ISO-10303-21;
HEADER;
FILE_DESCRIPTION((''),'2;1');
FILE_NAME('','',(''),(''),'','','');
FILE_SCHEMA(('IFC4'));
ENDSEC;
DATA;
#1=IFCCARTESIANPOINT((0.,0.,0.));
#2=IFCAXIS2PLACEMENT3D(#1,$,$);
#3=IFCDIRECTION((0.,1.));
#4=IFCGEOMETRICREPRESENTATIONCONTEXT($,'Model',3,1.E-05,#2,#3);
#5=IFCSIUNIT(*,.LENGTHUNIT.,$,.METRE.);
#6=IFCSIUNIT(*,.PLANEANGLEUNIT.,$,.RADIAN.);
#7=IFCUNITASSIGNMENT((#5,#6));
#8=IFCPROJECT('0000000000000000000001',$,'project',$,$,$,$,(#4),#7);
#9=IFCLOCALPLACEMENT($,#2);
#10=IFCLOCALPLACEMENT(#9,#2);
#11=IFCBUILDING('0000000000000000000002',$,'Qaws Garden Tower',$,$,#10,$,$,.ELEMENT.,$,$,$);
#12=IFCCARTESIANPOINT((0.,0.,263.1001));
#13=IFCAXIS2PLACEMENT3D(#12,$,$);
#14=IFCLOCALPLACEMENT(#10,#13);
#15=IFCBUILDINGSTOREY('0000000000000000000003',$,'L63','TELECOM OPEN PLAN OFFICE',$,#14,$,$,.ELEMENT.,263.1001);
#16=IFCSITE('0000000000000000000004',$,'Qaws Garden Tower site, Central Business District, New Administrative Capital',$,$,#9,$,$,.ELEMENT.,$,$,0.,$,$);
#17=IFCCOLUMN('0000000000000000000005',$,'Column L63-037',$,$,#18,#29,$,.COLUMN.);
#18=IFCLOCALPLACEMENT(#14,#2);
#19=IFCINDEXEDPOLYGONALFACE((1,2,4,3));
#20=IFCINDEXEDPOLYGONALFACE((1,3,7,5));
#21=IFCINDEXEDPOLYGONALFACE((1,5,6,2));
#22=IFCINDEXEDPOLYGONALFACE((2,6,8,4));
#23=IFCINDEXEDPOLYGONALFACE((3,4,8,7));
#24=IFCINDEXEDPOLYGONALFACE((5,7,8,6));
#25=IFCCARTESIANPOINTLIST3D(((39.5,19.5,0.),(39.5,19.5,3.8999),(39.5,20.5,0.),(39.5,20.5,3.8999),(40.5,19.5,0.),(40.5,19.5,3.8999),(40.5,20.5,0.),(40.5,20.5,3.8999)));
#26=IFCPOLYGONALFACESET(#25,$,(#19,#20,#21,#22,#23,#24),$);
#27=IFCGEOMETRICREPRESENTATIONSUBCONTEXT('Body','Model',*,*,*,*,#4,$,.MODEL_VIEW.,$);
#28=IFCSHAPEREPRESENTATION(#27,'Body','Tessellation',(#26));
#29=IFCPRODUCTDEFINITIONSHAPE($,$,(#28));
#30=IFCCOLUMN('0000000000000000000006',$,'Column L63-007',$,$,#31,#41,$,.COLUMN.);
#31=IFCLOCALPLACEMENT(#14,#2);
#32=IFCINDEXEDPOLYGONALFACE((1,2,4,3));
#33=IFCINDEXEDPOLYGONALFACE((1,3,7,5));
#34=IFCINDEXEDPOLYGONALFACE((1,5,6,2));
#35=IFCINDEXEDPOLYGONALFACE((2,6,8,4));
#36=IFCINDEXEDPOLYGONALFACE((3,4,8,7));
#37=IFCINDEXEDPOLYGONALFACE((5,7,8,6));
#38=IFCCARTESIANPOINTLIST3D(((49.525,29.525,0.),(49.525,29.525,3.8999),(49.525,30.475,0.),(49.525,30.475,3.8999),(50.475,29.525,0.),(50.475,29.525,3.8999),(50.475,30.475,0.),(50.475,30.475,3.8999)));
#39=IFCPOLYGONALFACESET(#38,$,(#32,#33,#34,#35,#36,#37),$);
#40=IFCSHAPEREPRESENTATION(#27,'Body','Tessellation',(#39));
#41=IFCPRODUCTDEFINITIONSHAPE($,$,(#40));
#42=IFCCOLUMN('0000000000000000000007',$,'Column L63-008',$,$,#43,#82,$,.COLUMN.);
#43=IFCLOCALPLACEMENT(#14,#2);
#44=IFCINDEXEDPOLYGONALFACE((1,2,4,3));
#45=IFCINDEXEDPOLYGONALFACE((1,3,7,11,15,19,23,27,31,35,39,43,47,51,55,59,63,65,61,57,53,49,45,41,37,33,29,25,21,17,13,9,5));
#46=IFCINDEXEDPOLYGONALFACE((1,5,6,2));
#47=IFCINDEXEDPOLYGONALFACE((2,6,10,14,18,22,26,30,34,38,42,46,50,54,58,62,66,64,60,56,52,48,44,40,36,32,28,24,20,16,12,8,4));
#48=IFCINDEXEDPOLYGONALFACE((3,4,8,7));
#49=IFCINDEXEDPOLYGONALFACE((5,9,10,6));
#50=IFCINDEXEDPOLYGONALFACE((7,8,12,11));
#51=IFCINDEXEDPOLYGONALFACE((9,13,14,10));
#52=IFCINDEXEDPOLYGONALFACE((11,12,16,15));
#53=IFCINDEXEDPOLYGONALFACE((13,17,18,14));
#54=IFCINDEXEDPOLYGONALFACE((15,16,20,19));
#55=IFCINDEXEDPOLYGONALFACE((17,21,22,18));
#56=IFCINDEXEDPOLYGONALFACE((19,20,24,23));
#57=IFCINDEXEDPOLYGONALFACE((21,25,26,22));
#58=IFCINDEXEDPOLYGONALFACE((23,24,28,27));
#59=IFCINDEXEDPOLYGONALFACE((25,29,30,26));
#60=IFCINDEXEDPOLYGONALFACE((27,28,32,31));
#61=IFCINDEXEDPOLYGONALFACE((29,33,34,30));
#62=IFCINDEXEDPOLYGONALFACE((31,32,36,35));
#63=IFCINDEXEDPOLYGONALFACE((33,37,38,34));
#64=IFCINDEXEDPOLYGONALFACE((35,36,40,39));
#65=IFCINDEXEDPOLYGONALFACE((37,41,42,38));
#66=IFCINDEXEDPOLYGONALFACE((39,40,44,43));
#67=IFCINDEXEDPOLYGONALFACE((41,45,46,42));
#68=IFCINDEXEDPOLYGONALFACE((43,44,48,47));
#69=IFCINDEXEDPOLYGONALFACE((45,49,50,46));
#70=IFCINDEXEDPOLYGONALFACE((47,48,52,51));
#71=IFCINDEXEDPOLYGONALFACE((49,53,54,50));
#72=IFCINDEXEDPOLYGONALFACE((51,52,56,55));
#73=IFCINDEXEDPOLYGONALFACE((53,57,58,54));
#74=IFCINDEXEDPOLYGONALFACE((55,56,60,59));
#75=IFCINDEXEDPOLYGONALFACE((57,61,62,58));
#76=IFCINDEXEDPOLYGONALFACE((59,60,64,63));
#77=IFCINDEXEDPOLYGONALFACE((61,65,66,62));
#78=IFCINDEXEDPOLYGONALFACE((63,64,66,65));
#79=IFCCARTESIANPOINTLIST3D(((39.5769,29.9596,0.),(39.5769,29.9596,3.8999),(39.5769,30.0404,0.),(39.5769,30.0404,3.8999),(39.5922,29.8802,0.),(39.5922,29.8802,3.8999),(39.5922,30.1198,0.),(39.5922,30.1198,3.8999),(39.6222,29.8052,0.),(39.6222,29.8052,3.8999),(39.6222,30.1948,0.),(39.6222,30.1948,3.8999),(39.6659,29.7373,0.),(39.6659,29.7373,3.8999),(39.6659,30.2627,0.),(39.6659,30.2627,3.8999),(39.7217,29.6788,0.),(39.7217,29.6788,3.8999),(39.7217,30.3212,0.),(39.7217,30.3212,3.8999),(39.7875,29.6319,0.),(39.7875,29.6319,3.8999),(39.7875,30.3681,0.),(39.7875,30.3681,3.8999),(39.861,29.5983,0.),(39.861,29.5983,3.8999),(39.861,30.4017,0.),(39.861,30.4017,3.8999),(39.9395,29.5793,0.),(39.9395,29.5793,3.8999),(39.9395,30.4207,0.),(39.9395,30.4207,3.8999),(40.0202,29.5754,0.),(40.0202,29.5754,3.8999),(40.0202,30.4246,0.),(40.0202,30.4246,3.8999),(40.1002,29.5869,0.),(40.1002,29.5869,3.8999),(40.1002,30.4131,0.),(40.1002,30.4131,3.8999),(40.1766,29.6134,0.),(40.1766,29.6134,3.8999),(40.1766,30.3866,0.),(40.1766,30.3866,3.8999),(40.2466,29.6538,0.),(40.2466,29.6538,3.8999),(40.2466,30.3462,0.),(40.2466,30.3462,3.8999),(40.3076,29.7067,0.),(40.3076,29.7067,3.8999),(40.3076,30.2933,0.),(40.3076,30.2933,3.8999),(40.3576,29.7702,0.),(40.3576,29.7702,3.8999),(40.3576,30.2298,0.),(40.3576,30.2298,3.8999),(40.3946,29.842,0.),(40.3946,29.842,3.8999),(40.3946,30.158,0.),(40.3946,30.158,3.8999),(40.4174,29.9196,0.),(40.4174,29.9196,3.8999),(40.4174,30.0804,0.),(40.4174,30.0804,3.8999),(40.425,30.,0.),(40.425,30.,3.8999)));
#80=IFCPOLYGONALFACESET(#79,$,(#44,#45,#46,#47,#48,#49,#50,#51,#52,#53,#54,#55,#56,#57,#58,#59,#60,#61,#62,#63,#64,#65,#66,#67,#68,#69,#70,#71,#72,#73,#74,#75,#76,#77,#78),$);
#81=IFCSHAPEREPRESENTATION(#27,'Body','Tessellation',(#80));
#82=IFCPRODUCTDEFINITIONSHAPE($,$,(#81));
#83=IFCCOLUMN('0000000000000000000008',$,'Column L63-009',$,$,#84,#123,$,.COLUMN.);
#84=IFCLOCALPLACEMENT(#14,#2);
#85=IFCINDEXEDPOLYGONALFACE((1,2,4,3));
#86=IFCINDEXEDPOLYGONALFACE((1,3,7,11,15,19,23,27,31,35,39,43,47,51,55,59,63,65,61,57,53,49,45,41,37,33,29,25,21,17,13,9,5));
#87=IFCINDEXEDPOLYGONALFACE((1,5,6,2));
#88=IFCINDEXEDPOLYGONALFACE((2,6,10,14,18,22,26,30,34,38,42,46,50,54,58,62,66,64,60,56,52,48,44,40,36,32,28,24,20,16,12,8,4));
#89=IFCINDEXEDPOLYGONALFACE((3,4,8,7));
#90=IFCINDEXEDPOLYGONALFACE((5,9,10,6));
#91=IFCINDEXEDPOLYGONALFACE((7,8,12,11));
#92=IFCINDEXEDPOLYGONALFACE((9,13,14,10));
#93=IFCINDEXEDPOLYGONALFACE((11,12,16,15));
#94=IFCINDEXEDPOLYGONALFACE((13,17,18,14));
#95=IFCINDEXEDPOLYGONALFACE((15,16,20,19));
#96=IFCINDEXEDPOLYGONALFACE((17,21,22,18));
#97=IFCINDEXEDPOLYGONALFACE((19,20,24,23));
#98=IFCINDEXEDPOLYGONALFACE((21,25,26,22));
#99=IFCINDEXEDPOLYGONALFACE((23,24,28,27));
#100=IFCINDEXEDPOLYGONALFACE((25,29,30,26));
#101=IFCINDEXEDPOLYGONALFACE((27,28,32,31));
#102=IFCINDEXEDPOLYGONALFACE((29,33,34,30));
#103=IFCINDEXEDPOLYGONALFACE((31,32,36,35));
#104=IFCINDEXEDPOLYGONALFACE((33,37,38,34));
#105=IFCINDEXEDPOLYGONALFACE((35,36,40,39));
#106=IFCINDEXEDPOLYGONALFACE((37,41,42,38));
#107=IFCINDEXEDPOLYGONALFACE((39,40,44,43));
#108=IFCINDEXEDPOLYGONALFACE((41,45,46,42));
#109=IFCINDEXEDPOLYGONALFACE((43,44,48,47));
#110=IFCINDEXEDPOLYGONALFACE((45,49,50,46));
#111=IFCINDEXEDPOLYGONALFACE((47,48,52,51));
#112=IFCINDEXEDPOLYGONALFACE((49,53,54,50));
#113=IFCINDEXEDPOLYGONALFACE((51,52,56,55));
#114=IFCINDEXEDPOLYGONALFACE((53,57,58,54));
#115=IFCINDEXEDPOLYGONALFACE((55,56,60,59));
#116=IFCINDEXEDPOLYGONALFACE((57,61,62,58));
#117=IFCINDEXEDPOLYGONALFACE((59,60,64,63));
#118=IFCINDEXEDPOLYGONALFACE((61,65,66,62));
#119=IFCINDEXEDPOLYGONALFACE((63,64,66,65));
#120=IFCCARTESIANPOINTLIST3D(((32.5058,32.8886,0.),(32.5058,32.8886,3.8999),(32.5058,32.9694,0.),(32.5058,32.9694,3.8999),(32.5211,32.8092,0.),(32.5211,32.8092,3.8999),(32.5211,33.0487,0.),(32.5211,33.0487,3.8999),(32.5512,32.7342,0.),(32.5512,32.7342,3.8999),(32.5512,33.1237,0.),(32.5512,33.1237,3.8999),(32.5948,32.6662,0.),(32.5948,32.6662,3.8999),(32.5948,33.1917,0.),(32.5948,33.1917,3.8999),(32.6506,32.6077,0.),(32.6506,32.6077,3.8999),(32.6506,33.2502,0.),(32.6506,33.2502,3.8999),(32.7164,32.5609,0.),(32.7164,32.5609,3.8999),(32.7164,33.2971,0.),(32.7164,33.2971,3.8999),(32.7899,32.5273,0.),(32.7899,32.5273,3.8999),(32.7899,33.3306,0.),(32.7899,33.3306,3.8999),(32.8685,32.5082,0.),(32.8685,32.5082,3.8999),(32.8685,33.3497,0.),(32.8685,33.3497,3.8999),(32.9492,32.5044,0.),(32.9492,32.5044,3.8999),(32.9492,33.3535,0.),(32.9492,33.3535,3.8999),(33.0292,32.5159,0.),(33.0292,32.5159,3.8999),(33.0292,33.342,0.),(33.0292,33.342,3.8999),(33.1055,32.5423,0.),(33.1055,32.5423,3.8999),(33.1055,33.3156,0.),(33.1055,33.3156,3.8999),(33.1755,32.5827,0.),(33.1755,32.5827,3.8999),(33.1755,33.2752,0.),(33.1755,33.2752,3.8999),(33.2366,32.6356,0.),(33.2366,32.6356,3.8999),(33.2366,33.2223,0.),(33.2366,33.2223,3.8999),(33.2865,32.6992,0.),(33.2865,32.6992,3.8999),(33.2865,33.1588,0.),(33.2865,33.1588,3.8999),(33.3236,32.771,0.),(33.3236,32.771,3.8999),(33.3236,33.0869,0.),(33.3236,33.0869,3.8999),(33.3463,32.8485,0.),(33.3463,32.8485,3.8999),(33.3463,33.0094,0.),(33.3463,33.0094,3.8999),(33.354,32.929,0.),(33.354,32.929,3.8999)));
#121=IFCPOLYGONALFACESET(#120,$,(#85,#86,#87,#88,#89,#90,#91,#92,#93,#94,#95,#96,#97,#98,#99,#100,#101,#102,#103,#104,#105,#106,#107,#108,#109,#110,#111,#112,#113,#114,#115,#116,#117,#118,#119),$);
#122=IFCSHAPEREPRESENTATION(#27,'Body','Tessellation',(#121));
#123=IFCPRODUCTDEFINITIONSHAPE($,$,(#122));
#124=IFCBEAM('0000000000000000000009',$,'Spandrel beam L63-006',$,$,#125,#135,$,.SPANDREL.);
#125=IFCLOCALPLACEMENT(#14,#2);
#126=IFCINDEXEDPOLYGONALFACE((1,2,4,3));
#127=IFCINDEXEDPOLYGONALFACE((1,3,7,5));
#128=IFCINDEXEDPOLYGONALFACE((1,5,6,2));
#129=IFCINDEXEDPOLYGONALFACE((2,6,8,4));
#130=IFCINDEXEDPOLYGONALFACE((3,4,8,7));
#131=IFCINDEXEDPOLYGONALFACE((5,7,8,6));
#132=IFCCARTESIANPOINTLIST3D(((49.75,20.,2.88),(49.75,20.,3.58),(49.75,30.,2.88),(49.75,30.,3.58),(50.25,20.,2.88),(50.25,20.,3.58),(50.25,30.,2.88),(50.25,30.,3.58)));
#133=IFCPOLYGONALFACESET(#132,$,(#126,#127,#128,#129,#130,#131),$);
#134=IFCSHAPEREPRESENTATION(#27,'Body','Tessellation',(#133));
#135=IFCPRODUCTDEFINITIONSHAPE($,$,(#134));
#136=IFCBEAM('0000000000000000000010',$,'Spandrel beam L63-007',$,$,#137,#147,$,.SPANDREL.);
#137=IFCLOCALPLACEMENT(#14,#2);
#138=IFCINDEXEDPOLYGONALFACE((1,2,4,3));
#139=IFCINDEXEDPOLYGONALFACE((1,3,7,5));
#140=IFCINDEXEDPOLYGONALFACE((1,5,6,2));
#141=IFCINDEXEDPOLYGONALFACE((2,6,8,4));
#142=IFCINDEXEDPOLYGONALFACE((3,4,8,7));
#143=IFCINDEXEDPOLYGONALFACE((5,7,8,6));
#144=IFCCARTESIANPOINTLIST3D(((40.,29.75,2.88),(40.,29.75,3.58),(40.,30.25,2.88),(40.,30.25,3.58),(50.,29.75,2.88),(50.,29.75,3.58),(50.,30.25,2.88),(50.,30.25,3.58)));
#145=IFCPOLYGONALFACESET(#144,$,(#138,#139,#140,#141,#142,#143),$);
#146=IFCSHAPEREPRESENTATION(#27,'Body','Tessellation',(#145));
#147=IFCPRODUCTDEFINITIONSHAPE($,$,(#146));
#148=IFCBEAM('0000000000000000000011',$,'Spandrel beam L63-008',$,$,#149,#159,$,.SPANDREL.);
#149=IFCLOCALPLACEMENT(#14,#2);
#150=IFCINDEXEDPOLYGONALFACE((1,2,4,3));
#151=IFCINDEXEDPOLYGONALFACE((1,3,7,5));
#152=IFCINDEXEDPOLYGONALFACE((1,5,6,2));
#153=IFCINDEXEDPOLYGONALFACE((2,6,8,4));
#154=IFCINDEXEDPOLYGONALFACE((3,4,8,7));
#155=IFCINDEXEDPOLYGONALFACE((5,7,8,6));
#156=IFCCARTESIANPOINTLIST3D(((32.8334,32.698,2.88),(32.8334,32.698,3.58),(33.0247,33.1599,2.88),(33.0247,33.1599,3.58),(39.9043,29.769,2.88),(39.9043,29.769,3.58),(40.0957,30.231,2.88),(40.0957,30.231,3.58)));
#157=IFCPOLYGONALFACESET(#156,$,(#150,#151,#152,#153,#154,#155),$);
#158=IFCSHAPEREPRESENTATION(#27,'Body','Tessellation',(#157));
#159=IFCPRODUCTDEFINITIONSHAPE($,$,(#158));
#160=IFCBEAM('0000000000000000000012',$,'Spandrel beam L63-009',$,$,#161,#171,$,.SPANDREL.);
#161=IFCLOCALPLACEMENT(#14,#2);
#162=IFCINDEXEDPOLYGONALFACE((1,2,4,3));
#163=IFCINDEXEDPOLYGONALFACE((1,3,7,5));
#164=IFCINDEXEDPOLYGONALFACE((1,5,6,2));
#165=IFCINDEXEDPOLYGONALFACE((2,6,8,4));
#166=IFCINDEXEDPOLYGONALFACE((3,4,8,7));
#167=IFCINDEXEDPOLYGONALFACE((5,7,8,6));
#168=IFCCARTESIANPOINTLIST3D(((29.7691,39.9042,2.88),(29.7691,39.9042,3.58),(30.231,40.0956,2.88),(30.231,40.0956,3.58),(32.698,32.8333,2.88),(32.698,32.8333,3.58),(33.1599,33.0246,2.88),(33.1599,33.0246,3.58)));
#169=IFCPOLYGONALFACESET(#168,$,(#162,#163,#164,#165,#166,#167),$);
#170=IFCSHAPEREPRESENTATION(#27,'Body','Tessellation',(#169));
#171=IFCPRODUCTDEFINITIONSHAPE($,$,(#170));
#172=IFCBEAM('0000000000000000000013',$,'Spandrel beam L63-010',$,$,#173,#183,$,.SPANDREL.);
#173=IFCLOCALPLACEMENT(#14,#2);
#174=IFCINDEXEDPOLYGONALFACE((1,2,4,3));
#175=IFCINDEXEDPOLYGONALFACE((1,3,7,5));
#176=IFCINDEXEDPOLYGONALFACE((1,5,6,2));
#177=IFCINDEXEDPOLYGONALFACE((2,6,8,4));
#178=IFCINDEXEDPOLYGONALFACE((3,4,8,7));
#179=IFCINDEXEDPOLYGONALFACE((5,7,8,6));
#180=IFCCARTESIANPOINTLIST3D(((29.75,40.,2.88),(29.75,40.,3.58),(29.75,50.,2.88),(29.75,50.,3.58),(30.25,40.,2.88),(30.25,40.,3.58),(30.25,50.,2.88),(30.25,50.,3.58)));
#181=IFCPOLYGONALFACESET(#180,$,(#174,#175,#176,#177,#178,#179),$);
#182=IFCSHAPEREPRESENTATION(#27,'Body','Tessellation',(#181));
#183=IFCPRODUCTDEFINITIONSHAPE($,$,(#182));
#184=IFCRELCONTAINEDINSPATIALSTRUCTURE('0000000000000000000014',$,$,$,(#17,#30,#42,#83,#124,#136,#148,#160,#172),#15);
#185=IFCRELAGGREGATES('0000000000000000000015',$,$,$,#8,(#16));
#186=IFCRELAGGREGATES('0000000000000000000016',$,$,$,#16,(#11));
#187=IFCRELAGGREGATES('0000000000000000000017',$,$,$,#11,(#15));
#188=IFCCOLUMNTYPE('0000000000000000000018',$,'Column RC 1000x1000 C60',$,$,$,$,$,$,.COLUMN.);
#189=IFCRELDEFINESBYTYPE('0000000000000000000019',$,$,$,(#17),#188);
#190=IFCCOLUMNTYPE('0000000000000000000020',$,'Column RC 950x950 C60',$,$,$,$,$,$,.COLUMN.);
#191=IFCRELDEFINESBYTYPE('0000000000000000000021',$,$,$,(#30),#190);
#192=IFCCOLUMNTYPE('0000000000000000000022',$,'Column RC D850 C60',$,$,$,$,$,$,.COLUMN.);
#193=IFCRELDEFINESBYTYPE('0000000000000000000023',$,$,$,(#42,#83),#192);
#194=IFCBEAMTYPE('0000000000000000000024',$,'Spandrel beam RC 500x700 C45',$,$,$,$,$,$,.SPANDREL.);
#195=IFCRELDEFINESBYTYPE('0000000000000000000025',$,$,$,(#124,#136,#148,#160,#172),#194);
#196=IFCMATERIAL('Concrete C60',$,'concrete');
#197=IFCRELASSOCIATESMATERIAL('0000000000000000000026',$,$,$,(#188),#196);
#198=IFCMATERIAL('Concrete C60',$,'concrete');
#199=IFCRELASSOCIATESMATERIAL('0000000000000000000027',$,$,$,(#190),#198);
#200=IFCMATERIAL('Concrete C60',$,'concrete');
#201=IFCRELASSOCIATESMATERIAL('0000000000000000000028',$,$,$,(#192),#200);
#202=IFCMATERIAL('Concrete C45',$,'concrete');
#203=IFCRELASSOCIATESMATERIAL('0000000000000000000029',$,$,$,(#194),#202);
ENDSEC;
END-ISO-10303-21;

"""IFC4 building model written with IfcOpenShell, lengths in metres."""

from ifc_helpers import new_model, si_unit, direction, frame, origin, origin_2d, place, context, subcontext, project, spatial, rectangle, circle, extrude, material, material_profile, profile_set, type_object, element, save


model = new_model("IFC4")

# Units and contexts
model_context = context("Model", 3, precision=1e-05, world=origin(), true_north=direction((0.0, 1.0)))
body_context = subcontext(model_context, "Body", "Model", "MODEL_VIEW")
ifc_project = project(units=[si_unit("LENGTHUNIT", "METRE"), si_unit("PLANEANGLEUNIT", "RADIAN")], contexts=[model_context])

# Site, building, storey
site_placement = place(None, origin())
site = spatial("IfcSite", under=ifc_project, at=site_placement, Name="Qaws Garden Tower site, Central Business District, New Administrative Capital", CompositionType="ELEMENT", RefElevation=0.0)
building_placement = place(site_placement, origin())
building = spatial("IfcBuilding", under=site, at=building_placement, Name="Qaws Garden Tower", CompositionType="ELEMENT")
storey_placement = place(building_placement, frame((0.0, 0.0, 263.1001)))
storey = spatial("IfcBuildingStorey", under=building, at=storey_placement, Name="L63", Description="TELECOM OPEN PLAN OFFICE", CompositionType="ELEMENT", Elevation=263.1001)

# Columns
ifc_material_1 = material(Name="Concrete C60", Category="concrete")
ifc_material_profile_1 = material_profile(ifc_material_1, rectangle(XDim=1.0, YDim=1.0, at=origin_2d()), Name="RC 1000x1000")
ifc_profile_set_1 = profile_set([ifc_material_profile_1], Name="Concrete C60")
column_type_1 = type_object("IfcColumnType", Name="Column RC 1000x1000 C60", PredefinedType="COLUMN", material=ifc_profile_set_1)
column_1_placement = place(storey_placement, frame((40.0, 20.0, 0.0), z_axis=(0.0, 0.0, 1.0), x_axis=(1.0, 0.0, 0.0)))
element("IfcColumn", 1, at=column_1_placement, inside=storey, type_object=column_type_1, Name="Column L63-037", PredefinedType="COLUMN", context=body_context, shape_type="SweptSolid", body=[
    extrude(rectangle(XDim=1.0, YDim=1.0, at=origin_2d()), origin(), (0.0, 0.0, 1.0), 3.8999),
])
ifc_material_2 = material(Name="Concrete C60", Category="concrete")
ifc_material_profile_2 = material_profile(ifc_material_2, rectangle(XDim=0.95, YDim=0.95, at=origin_2d()), Name="RC 950x950")
ifc_profile_set_2 = profile_set([ifc_material_profile_2], Name="Concrete C60")
column_type_2 = type_object("IfcColumnType", Name="Column RC 950x950 C60", PredefinedType="COLUMN", material=ifc_profile_set_2)
column_2_placement = place(storey_placement, frame((50.0, 30.0, 0.0), z_axis=(0.0, 0.0, 1.0), x_axis=(1.0, 0.0, 0.0)))
element("IfcColumn", 2, at=column_2_placement, inside=storey, type_object=column_type_2, Name="Column L63-007", PredefinedType="COLUMN", context=body_context, shape_type="SweptSolid", body=[
    extrude(rectangle(XDim=0.95, YDim=0.95, at=origin_2d()), origin(), (0.0, 0.0, 1.0), 3.8999),
])
ifc_material_3 = material(Name="Concrete C60", Category="concrete")
ifc_material_profile_3 = material_profile(ifc_material_3, circle(Radius=0.425, at=origin_2d()), Name="RC D850")
ifc_profile_set_3 = profile_set([ifc_material_profile_3], Name="Concrete C60")
column_type_3 = type_object("IfcColumnType", Name="Column RC D850 C60", PredefinedType="COLUMN", material=ifc_profile_set_3)
for number, where, z_axis, x_axis, name in (
    (3, (40.0, 30.0, 0.0), (0.0, 0.0, 1.0), (1.0, 0.0, 0.0), "Column L63-008"),
    (4, (32.929, 32.929, 0.0), (0.0, 0.0, 1.0), (1.0, 0.0, 0.0), "Column L63-009"),
):
    element("IfcColumn", number, at=place(storey_placement, frame(where, z_axis=z_axis, x_axis=x_axis)), inside=storey, type_object=column_type_3, Name=name, PredefinedType="COLUMN", context=body_context, shape_type="SweptSolid", body=[
        extrude(circle(Radius=0.425, at=origin_2d()), origin(), (0.0, 0.0, 1.0), 3.8999),
    ])

# Beams
ifc_material_4 = material(Name="Concrete C45", Category="concrete")
ifc_material_profile_4 = material_profile(ifc_material_4, rectangle(XDim=0.5, YDim=0.7, at=origin_2d()), Name="RC 500x700")
ifc_profile_set_4 = profile_set([ifc_material_profile_4], Name="Concrete C45")
beam_type = type_object("IfcBeamType", Name="Spandrel beam RC 500x700 C45", PredefinedType="SPANDREL", material=ifc_profile_set_4)
for number, where, z_axis, x_axis, name in (
    (5, (50.0, 20.0, 3.23), (0.0, 1.0, 0.0), (-1.0, 0.0, 0.0), "Spandrel beam L63-006"),
    (6, (50.0, 30.0, 3.23), (-1.0, 0.0, 0.0), (0.0, -1.0, 0.0), "Spandrel beam L63-007"),
):
    element("IfcBeam", number, at=place(storey_placement, frame(where, z_axis=z_axis, x_axis=x_axis)), inside=storey, type_object=beam_type, Name=name, PredefinedType="SPANDREL", context=body_context, shape_type="SweptSolid", body=[
        extrude(rectangle(XDim=0.5, YDim=0.7, at=origin_2d()), origin(), (0.0, 0.0, 1.0), 10.0),
    ])
for number, where, z_axis, x_axis, name in (
    (7, (40.0, 30.0, 3.23), (-0.923878, 0.382687, 0.0), (-0.382687, -0.923878, 0.0), "Spandrel beam L63-008"),
    (8, (32.929, 32.929, 3.23), (-0.382687, 0.923878, 0.0), (-0.923878, -0.382687, 0.0), "Spandrel beam L63-009"),
):
    element("IfcBeam", number, at=place(storey_placement, frame(where, z_axis=z_axis, x_axis=x_axis)), inside=storey, type_object=beam_type, Name=name, PredefinedType="SPANDREL", context=body_context, shape_type="SweptSolid", body=[
        extrude(rectangle(XDim=0.5, YDim=0.7, at=origin_2d()), origin(), (0.0, 0.0, 1.0), 7.6536),
    ])
beam_placement = place(storey_placement, frame((30.0, 40.0, 3.23), z_axis=(0.0, 1.0, 0.0), x_axis=(-1.0, 0.0, 0.0)))
element("IfcBeam", 9, at=beam_placement, inside=storey, type_object=beam_type, Name="Spandrel beam L63-010", PredefinedType="SPANDREL", context=body_context, shape_type="SweptSolid", body=[
    extrude(rectangle(XDim=0.5, YDim=0.7, at=origin_2d()), origin(), (0.0, 0.0, 1.0), 10.0),
])

save(model, "model.ifc")
